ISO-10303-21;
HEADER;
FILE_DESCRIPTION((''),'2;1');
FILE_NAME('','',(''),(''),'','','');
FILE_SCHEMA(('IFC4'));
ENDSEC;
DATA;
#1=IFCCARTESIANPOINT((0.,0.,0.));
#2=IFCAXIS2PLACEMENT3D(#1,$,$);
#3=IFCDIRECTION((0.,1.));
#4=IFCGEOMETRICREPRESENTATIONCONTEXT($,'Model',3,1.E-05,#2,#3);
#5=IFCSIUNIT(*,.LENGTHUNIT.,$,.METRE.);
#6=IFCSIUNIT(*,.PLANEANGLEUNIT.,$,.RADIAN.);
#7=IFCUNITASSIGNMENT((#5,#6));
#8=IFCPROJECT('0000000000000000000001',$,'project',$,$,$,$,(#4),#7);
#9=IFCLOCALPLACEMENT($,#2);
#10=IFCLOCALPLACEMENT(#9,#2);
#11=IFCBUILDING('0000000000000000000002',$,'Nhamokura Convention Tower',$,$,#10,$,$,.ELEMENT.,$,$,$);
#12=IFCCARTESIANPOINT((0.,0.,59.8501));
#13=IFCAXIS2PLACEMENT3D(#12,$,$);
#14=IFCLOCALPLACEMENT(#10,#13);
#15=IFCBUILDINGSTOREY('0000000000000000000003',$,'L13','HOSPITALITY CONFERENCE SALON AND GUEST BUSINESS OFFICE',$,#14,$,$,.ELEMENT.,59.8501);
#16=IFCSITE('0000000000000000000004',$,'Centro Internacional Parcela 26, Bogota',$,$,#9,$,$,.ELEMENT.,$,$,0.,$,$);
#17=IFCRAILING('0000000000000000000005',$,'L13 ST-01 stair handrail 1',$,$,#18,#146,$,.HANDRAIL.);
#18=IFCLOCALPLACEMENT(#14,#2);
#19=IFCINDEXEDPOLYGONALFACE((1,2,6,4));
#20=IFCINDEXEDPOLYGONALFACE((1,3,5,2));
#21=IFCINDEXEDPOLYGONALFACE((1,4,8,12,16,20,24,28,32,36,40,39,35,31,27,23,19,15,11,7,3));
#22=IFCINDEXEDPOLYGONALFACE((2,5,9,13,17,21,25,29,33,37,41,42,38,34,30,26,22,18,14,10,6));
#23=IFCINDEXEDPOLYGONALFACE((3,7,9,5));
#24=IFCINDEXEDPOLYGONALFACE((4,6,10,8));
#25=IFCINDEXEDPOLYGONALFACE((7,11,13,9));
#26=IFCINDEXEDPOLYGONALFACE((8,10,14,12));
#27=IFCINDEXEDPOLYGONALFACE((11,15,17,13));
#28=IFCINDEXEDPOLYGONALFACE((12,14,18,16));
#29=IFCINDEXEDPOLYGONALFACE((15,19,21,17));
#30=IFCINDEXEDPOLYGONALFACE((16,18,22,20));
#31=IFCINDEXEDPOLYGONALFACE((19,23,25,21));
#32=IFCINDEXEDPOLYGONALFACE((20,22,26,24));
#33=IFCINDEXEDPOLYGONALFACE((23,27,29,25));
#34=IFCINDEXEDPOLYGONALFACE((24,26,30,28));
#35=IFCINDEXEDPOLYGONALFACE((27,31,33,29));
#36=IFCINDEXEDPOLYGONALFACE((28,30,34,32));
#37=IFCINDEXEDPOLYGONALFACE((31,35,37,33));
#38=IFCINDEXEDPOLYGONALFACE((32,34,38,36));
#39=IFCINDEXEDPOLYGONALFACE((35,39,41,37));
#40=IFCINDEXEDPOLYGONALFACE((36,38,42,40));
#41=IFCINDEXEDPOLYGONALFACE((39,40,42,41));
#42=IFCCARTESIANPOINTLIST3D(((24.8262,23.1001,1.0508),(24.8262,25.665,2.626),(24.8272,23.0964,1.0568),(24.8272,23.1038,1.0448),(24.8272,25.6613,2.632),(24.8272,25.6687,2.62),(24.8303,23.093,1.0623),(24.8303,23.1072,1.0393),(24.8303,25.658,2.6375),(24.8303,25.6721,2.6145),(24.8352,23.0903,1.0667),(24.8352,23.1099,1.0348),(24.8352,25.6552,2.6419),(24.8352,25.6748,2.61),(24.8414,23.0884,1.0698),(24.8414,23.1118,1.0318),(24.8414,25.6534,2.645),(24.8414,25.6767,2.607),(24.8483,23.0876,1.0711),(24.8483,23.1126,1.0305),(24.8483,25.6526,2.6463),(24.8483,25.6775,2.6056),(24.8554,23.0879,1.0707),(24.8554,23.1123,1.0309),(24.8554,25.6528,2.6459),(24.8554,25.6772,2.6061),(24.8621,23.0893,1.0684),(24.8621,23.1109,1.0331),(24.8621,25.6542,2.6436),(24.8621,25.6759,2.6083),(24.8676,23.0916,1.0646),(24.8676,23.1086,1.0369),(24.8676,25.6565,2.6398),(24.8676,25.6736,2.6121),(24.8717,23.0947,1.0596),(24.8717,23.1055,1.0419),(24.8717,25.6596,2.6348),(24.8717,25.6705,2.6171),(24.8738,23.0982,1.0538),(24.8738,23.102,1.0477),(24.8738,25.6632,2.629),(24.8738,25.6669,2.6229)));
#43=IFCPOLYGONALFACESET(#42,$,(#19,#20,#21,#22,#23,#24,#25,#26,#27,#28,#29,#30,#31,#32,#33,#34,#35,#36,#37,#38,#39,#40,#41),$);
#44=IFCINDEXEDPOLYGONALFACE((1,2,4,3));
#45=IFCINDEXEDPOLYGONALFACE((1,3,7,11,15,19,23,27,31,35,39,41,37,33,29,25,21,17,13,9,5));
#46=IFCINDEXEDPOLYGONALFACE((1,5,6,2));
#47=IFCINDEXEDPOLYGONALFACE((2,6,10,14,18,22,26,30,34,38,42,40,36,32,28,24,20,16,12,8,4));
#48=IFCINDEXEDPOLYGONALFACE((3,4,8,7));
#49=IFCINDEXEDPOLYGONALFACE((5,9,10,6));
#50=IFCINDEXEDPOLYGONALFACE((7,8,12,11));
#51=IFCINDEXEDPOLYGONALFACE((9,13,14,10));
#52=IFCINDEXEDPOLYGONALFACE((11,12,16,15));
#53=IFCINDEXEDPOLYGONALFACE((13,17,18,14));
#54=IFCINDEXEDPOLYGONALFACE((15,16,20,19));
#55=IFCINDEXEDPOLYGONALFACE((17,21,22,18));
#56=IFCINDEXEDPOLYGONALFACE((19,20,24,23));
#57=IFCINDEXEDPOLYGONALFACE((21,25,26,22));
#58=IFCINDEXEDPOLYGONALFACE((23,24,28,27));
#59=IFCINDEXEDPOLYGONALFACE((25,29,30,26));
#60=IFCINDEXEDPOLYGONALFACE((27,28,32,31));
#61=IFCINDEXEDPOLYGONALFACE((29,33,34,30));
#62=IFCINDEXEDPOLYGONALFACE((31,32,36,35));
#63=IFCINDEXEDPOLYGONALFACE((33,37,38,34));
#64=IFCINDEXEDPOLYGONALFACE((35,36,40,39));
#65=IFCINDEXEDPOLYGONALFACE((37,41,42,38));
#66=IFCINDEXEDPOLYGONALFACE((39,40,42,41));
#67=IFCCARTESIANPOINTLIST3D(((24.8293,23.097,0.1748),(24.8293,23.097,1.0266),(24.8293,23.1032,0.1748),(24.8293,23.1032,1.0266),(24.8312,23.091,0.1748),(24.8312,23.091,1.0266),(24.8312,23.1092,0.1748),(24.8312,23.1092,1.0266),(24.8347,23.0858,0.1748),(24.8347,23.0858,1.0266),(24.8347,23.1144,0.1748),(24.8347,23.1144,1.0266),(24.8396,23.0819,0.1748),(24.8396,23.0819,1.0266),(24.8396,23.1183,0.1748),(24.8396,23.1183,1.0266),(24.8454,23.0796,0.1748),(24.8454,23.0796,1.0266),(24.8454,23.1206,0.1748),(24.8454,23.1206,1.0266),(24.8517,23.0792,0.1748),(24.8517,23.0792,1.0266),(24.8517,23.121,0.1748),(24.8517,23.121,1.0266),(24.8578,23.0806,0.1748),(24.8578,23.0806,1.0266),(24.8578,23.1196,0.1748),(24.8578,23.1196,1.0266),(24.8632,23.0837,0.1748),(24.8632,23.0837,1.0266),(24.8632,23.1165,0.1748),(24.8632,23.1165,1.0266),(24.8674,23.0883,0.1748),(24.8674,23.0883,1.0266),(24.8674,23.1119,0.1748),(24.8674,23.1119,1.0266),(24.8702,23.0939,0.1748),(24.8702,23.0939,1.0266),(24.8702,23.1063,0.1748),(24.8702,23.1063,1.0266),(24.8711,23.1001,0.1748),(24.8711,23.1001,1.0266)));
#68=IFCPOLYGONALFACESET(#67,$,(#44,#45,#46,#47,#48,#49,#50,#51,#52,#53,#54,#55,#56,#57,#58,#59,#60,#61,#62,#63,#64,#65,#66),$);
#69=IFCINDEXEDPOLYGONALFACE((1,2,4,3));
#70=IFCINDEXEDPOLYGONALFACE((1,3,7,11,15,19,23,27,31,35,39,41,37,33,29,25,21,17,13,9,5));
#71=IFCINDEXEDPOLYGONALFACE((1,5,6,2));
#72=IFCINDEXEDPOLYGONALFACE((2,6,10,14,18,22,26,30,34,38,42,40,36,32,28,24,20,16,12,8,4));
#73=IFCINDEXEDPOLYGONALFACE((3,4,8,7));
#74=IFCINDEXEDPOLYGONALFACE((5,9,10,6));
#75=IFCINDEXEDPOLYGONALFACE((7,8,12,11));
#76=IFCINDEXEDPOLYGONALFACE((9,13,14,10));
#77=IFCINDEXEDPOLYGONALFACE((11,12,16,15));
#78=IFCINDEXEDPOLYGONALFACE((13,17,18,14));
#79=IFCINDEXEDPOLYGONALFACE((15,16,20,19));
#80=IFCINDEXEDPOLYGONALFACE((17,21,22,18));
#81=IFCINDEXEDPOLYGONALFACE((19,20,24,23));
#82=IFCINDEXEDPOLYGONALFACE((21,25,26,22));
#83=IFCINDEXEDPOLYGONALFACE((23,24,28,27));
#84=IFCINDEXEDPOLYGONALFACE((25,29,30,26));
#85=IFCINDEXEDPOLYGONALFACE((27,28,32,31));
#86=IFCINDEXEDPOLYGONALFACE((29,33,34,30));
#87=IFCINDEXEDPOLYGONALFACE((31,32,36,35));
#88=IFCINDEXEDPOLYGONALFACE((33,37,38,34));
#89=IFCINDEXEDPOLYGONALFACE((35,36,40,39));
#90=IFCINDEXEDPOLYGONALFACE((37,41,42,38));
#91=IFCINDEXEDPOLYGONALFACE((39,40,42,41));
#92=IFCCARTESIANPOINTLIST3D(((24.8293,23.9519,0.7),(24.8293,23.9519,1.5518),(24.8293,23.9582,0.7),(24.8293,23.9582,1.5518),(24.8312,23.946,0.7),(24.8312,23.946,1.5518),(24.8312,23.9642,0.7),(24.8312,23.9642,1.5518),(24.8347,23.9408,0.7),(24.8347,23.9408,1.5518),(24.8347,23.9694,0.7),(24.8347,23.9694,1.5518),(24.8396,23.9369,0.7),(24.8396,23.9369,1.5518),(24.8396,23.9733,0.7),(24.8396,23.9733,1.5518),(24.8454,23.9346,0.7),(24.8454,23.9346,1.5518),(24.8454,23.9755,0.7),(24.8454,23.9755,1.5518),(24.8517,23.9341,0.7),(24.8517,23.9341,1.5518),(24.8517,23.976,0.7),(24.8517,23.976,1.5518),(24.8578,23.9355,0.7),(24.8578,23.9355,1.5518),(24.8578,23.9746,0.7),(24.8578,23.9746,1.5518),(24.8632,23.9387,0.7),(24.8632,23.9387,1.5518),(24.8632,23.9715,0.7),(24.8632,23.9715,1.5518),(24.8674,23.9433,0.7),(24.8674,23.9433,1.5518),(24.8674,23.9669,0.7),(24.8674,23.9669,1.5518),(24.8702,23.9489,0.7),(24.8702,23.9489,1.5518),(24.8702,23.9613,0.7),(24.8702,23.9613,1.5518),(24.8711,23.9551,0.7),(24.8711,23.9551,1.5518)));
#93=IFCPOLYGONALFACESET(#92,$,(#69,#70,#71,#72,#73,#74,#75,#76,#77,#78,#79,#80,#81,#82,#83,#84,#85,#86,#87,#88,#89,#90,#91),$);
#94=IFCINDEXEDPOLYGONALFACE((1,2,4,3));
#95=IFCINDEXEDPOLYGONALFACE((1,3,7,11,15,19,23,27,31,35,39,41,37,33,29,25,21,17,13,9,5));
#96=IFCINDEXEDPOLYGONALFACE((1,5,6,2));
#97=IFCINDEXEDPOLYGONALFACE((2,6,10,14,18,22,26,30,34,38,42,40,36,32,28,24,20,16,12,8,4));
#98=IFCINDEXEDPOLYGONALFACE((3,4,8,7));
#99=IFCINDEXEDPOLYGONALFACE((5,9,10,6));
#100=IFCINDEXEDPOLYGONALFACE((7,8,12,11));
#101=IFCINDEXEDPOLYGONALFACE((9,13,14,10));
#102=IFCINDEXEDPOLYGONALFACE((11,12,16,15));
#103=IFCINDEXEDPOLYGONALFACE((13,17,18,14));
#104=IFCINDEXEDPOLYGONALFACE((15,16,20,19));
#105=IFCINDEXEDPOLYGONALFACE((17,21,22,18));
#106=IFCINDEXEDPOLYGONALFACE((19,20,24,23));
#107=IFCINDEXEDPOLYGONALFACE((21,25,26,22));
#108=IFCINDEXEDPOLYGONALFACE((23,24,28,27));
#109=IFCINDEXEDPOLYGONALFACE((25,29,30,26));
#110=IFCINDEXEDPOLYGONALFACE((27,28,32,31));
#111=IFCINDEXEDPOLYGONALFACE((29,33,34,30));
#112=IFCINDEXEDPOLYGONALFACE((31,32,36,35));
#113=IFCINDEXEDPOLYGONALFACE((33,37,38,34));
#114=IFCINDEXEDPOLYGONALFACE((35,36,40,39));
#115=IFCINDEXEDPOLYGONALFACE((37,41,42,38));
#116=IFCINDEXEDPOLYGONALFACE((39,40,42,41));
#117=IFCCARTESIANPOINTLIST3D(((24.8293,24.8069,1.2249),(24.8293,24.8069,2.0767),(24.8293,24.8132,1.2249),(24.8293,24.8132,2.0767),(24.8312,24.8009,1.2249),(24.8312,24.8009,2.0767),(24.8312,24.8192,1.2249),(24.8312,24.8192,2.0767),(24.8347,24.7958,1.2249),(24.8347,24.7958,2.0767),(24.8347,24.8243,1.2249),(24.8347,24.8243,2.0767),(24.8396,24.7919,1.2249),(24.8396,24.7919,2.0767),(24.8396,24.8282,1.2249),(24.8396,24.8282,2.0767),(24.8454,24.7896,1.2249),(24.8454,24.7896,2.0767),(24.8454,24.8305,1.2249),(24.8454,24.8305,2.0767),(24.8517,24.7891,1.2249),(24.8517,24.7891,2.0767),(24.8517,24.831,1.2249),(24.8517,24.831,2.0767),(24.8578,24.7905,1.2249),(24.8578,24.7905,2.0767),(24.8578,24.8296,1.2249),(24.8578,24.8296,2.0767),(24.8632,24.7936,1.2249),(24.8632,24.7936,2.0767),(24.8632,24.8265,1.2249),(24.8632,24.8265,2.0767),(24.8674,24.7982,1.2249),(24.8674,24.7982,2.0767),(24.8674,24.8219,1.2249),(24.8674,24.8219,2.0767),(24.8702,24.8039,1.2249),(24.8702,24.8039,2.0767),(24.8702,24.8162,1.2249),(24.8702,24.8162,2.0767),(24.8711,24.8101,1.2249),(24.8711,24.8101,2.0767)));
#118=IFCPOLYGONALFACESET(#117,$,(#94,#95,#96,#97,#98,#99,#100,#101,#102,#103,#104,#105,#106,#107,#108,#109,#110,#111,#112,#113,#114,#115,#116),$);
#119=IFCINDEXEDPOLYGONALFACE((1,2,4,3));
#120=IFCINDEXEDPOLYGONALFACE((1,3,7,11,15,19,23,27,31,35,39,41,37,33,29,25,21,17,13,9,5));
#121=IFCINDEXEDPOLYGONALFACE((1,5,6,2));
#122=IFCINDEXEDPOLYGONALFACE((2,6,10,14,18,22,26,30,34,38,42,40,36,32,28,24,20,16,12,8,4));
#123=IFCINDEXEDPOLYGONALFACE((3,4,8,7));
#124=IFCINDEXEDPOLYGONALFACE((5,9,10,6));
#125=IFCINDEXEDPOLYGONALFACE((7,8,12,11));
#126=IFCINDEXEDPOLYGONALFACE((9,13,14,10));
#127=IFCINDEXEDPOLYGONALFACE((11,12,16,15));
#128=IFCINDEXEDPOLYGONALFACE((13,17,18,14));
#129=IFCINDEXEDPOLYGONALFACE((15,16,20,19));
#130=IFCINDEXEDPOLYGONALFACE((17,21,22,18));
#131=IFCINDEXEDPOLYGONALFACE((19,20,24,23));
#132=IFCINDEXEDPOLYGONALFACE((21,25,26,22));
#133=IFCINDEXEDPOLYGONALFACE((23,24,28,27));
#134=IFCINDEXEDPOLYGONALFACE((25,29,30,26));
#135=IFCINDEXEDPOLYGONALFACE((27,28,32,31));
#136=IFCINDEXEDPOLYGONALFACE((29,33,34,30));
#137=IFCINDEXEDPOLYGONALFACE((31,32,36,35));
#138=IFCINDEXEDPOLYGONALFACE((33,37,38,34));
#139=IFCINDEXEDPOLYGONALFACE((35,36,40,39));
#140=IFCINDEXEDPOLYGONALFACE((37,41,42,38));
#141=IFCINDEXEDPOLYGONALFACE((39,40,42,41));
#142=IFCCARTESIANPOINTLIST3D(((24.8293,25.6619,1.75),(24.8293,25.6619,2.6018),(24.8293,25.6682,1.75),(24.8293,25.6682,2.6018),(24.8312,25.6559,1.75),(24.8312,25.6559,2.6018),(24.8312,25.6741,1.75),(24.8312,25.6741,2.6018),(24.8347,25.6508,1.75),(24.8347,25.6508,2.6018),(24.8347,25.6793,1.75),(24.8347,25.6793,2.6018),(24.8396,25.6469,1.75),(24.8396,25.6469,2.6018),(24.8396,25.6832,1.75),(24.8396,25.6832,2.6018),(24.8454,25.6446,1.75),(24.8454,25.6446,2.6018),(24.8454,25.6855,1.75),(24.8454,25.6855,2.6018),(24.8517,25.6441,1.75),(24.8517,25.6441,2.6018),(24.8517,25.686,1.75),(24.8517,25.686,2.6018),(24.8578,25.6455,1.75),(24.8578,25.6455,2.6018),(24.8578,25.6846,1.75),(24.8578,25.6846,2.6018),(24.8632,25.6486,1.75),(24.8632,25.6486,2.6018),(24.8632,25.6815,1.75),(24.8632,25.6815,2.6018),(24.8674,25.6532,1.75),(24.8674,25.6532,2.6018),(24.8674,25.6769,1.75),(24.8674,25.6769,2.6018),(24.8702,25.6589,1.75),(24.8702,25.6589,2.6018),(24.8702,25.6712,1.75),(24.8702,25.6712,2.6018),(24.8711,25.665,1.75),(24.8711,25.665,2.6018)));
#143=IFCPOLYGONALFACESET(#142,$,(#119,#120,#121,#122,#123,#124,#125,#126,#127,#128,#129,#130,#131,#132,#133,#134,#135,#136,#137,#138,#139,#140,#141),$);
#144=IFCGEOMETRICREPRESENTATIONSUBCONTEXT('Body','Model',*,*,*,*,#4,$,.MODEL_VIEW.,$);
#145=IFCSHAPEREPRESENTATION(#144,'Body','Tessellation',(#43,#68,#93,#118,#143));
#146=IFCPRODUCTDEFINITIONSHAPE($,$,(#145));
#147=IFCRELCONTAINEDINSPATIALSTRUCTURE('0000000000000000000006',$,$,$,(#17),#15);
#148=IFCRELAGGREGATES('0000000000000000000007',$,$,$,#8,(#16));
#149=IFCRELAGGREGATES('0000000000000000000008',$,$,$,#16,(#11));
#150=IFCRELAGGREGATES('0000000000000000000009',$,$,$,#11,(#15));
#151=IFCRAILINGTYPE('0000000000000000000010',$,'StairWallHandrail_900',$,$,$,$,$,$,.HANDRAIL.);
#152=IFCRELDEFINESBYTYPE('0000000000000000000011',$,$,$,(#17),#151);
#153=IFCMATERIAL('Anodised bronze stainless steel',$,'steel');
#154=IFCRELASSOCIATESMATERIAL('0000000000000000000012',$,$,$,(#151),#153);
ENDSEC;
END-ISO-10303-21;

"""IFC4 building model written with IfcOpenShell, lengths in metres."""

from ifc_helpers import new_model, si_unit, direction, frame, origin, origin_2d, place, context, subcontext, project, spatial, circle, extrude, material, type_object, element, save


model = new_model("IFC4")

# Units and contexts
model_context = context("Model", 3, precision=1e-05, world=origin(), true_north=direction((0.0, 1.0)))
body_context = subcontext(model_context, "Body", "Model", "MODEL_VIEW")
ifc_project = project(units=[si_unit("LENGTHUNIT", "METRE"), si_unit("PLANEANGLEUNIT", "RADIAN")], contexts=[model_context])

# Site, building, storey
site_placement = place(None, origin())
site = spatial("IfcSite", under=ifc_project, at=site_placement, Name="Centro Internacional Parcela 26, Bogota", CompositionType="ELEMENT", RefElevation=0.0)
building_placement = place(site_placement, origin())
building = spatial("IfcBuilding", under=site, at=building_placement, Name="Nhamokura Convention Tower", CompositionType="ELEMENT")
storey_placement = place(building_placement, frame((0.0, 0.0, 59.8501)))
storey = spatial("IfcBuildingStorey", under=building, at=storey_placement, Name="L13", Description="HOSPITALITY CONFERENCE SALON AND GUEST BUSINESS OFFICE", CompositionType="ELEMENT", Elevation=59.8501)

# Railing
ifc_material_1 = material(Name="Anodised bronze stainless steel", Category="steel")
railing_type_1 = type_object("IfcRailingType", Name="StairWallHandrail_900", PredefinedType="HANDRAIL", material=ifc_material_1)
railing_1_placement = place(storey_placement, frame((24.8501, 23.1001, 0.1748)))
element("IfcRailing", 1, at=railing_1_placement, inside=storey, type_object=railing_type_1, Name="L13 ST-01 stair handrail 1", PredefinedType="HANDRAIL", context=body_context, shape_type="SweptSolid", body=[
    extrude(circle(Radius=0.0239, at=origin_2d()), frame((0.0, 0.0, 0.876), z_axis=(0.0, 0.852137, 0.523319), x_axis=(-1.0, 0.0, 0.0)), (0.0, 0.0, 1.0), 3.01),
    extrude(circle(Radius=0.021, at=origin_2d()), origin(), (0.0, 0.0, 1.0), 0.8518),
    extrude(circle(Radius=0.021, at=origin_2d()), frame((0.0, 0.855, 0.5251)), (0.0, 0.0, 1.0), 0.8518),
    extrude(circle(Radius=0.021, at=origin_2d()), frame((0.0, 1.71, 1.05)), (0.0, 0.0, 1.0), 0.8518),
    extrude(circle(Radius=0.021, at=origin_2d()), frame((0.0, 2.5649, 1.5752)), (0.0, 0.0, 1.0), 0.8518),
])

save(model, "model.ifc")
